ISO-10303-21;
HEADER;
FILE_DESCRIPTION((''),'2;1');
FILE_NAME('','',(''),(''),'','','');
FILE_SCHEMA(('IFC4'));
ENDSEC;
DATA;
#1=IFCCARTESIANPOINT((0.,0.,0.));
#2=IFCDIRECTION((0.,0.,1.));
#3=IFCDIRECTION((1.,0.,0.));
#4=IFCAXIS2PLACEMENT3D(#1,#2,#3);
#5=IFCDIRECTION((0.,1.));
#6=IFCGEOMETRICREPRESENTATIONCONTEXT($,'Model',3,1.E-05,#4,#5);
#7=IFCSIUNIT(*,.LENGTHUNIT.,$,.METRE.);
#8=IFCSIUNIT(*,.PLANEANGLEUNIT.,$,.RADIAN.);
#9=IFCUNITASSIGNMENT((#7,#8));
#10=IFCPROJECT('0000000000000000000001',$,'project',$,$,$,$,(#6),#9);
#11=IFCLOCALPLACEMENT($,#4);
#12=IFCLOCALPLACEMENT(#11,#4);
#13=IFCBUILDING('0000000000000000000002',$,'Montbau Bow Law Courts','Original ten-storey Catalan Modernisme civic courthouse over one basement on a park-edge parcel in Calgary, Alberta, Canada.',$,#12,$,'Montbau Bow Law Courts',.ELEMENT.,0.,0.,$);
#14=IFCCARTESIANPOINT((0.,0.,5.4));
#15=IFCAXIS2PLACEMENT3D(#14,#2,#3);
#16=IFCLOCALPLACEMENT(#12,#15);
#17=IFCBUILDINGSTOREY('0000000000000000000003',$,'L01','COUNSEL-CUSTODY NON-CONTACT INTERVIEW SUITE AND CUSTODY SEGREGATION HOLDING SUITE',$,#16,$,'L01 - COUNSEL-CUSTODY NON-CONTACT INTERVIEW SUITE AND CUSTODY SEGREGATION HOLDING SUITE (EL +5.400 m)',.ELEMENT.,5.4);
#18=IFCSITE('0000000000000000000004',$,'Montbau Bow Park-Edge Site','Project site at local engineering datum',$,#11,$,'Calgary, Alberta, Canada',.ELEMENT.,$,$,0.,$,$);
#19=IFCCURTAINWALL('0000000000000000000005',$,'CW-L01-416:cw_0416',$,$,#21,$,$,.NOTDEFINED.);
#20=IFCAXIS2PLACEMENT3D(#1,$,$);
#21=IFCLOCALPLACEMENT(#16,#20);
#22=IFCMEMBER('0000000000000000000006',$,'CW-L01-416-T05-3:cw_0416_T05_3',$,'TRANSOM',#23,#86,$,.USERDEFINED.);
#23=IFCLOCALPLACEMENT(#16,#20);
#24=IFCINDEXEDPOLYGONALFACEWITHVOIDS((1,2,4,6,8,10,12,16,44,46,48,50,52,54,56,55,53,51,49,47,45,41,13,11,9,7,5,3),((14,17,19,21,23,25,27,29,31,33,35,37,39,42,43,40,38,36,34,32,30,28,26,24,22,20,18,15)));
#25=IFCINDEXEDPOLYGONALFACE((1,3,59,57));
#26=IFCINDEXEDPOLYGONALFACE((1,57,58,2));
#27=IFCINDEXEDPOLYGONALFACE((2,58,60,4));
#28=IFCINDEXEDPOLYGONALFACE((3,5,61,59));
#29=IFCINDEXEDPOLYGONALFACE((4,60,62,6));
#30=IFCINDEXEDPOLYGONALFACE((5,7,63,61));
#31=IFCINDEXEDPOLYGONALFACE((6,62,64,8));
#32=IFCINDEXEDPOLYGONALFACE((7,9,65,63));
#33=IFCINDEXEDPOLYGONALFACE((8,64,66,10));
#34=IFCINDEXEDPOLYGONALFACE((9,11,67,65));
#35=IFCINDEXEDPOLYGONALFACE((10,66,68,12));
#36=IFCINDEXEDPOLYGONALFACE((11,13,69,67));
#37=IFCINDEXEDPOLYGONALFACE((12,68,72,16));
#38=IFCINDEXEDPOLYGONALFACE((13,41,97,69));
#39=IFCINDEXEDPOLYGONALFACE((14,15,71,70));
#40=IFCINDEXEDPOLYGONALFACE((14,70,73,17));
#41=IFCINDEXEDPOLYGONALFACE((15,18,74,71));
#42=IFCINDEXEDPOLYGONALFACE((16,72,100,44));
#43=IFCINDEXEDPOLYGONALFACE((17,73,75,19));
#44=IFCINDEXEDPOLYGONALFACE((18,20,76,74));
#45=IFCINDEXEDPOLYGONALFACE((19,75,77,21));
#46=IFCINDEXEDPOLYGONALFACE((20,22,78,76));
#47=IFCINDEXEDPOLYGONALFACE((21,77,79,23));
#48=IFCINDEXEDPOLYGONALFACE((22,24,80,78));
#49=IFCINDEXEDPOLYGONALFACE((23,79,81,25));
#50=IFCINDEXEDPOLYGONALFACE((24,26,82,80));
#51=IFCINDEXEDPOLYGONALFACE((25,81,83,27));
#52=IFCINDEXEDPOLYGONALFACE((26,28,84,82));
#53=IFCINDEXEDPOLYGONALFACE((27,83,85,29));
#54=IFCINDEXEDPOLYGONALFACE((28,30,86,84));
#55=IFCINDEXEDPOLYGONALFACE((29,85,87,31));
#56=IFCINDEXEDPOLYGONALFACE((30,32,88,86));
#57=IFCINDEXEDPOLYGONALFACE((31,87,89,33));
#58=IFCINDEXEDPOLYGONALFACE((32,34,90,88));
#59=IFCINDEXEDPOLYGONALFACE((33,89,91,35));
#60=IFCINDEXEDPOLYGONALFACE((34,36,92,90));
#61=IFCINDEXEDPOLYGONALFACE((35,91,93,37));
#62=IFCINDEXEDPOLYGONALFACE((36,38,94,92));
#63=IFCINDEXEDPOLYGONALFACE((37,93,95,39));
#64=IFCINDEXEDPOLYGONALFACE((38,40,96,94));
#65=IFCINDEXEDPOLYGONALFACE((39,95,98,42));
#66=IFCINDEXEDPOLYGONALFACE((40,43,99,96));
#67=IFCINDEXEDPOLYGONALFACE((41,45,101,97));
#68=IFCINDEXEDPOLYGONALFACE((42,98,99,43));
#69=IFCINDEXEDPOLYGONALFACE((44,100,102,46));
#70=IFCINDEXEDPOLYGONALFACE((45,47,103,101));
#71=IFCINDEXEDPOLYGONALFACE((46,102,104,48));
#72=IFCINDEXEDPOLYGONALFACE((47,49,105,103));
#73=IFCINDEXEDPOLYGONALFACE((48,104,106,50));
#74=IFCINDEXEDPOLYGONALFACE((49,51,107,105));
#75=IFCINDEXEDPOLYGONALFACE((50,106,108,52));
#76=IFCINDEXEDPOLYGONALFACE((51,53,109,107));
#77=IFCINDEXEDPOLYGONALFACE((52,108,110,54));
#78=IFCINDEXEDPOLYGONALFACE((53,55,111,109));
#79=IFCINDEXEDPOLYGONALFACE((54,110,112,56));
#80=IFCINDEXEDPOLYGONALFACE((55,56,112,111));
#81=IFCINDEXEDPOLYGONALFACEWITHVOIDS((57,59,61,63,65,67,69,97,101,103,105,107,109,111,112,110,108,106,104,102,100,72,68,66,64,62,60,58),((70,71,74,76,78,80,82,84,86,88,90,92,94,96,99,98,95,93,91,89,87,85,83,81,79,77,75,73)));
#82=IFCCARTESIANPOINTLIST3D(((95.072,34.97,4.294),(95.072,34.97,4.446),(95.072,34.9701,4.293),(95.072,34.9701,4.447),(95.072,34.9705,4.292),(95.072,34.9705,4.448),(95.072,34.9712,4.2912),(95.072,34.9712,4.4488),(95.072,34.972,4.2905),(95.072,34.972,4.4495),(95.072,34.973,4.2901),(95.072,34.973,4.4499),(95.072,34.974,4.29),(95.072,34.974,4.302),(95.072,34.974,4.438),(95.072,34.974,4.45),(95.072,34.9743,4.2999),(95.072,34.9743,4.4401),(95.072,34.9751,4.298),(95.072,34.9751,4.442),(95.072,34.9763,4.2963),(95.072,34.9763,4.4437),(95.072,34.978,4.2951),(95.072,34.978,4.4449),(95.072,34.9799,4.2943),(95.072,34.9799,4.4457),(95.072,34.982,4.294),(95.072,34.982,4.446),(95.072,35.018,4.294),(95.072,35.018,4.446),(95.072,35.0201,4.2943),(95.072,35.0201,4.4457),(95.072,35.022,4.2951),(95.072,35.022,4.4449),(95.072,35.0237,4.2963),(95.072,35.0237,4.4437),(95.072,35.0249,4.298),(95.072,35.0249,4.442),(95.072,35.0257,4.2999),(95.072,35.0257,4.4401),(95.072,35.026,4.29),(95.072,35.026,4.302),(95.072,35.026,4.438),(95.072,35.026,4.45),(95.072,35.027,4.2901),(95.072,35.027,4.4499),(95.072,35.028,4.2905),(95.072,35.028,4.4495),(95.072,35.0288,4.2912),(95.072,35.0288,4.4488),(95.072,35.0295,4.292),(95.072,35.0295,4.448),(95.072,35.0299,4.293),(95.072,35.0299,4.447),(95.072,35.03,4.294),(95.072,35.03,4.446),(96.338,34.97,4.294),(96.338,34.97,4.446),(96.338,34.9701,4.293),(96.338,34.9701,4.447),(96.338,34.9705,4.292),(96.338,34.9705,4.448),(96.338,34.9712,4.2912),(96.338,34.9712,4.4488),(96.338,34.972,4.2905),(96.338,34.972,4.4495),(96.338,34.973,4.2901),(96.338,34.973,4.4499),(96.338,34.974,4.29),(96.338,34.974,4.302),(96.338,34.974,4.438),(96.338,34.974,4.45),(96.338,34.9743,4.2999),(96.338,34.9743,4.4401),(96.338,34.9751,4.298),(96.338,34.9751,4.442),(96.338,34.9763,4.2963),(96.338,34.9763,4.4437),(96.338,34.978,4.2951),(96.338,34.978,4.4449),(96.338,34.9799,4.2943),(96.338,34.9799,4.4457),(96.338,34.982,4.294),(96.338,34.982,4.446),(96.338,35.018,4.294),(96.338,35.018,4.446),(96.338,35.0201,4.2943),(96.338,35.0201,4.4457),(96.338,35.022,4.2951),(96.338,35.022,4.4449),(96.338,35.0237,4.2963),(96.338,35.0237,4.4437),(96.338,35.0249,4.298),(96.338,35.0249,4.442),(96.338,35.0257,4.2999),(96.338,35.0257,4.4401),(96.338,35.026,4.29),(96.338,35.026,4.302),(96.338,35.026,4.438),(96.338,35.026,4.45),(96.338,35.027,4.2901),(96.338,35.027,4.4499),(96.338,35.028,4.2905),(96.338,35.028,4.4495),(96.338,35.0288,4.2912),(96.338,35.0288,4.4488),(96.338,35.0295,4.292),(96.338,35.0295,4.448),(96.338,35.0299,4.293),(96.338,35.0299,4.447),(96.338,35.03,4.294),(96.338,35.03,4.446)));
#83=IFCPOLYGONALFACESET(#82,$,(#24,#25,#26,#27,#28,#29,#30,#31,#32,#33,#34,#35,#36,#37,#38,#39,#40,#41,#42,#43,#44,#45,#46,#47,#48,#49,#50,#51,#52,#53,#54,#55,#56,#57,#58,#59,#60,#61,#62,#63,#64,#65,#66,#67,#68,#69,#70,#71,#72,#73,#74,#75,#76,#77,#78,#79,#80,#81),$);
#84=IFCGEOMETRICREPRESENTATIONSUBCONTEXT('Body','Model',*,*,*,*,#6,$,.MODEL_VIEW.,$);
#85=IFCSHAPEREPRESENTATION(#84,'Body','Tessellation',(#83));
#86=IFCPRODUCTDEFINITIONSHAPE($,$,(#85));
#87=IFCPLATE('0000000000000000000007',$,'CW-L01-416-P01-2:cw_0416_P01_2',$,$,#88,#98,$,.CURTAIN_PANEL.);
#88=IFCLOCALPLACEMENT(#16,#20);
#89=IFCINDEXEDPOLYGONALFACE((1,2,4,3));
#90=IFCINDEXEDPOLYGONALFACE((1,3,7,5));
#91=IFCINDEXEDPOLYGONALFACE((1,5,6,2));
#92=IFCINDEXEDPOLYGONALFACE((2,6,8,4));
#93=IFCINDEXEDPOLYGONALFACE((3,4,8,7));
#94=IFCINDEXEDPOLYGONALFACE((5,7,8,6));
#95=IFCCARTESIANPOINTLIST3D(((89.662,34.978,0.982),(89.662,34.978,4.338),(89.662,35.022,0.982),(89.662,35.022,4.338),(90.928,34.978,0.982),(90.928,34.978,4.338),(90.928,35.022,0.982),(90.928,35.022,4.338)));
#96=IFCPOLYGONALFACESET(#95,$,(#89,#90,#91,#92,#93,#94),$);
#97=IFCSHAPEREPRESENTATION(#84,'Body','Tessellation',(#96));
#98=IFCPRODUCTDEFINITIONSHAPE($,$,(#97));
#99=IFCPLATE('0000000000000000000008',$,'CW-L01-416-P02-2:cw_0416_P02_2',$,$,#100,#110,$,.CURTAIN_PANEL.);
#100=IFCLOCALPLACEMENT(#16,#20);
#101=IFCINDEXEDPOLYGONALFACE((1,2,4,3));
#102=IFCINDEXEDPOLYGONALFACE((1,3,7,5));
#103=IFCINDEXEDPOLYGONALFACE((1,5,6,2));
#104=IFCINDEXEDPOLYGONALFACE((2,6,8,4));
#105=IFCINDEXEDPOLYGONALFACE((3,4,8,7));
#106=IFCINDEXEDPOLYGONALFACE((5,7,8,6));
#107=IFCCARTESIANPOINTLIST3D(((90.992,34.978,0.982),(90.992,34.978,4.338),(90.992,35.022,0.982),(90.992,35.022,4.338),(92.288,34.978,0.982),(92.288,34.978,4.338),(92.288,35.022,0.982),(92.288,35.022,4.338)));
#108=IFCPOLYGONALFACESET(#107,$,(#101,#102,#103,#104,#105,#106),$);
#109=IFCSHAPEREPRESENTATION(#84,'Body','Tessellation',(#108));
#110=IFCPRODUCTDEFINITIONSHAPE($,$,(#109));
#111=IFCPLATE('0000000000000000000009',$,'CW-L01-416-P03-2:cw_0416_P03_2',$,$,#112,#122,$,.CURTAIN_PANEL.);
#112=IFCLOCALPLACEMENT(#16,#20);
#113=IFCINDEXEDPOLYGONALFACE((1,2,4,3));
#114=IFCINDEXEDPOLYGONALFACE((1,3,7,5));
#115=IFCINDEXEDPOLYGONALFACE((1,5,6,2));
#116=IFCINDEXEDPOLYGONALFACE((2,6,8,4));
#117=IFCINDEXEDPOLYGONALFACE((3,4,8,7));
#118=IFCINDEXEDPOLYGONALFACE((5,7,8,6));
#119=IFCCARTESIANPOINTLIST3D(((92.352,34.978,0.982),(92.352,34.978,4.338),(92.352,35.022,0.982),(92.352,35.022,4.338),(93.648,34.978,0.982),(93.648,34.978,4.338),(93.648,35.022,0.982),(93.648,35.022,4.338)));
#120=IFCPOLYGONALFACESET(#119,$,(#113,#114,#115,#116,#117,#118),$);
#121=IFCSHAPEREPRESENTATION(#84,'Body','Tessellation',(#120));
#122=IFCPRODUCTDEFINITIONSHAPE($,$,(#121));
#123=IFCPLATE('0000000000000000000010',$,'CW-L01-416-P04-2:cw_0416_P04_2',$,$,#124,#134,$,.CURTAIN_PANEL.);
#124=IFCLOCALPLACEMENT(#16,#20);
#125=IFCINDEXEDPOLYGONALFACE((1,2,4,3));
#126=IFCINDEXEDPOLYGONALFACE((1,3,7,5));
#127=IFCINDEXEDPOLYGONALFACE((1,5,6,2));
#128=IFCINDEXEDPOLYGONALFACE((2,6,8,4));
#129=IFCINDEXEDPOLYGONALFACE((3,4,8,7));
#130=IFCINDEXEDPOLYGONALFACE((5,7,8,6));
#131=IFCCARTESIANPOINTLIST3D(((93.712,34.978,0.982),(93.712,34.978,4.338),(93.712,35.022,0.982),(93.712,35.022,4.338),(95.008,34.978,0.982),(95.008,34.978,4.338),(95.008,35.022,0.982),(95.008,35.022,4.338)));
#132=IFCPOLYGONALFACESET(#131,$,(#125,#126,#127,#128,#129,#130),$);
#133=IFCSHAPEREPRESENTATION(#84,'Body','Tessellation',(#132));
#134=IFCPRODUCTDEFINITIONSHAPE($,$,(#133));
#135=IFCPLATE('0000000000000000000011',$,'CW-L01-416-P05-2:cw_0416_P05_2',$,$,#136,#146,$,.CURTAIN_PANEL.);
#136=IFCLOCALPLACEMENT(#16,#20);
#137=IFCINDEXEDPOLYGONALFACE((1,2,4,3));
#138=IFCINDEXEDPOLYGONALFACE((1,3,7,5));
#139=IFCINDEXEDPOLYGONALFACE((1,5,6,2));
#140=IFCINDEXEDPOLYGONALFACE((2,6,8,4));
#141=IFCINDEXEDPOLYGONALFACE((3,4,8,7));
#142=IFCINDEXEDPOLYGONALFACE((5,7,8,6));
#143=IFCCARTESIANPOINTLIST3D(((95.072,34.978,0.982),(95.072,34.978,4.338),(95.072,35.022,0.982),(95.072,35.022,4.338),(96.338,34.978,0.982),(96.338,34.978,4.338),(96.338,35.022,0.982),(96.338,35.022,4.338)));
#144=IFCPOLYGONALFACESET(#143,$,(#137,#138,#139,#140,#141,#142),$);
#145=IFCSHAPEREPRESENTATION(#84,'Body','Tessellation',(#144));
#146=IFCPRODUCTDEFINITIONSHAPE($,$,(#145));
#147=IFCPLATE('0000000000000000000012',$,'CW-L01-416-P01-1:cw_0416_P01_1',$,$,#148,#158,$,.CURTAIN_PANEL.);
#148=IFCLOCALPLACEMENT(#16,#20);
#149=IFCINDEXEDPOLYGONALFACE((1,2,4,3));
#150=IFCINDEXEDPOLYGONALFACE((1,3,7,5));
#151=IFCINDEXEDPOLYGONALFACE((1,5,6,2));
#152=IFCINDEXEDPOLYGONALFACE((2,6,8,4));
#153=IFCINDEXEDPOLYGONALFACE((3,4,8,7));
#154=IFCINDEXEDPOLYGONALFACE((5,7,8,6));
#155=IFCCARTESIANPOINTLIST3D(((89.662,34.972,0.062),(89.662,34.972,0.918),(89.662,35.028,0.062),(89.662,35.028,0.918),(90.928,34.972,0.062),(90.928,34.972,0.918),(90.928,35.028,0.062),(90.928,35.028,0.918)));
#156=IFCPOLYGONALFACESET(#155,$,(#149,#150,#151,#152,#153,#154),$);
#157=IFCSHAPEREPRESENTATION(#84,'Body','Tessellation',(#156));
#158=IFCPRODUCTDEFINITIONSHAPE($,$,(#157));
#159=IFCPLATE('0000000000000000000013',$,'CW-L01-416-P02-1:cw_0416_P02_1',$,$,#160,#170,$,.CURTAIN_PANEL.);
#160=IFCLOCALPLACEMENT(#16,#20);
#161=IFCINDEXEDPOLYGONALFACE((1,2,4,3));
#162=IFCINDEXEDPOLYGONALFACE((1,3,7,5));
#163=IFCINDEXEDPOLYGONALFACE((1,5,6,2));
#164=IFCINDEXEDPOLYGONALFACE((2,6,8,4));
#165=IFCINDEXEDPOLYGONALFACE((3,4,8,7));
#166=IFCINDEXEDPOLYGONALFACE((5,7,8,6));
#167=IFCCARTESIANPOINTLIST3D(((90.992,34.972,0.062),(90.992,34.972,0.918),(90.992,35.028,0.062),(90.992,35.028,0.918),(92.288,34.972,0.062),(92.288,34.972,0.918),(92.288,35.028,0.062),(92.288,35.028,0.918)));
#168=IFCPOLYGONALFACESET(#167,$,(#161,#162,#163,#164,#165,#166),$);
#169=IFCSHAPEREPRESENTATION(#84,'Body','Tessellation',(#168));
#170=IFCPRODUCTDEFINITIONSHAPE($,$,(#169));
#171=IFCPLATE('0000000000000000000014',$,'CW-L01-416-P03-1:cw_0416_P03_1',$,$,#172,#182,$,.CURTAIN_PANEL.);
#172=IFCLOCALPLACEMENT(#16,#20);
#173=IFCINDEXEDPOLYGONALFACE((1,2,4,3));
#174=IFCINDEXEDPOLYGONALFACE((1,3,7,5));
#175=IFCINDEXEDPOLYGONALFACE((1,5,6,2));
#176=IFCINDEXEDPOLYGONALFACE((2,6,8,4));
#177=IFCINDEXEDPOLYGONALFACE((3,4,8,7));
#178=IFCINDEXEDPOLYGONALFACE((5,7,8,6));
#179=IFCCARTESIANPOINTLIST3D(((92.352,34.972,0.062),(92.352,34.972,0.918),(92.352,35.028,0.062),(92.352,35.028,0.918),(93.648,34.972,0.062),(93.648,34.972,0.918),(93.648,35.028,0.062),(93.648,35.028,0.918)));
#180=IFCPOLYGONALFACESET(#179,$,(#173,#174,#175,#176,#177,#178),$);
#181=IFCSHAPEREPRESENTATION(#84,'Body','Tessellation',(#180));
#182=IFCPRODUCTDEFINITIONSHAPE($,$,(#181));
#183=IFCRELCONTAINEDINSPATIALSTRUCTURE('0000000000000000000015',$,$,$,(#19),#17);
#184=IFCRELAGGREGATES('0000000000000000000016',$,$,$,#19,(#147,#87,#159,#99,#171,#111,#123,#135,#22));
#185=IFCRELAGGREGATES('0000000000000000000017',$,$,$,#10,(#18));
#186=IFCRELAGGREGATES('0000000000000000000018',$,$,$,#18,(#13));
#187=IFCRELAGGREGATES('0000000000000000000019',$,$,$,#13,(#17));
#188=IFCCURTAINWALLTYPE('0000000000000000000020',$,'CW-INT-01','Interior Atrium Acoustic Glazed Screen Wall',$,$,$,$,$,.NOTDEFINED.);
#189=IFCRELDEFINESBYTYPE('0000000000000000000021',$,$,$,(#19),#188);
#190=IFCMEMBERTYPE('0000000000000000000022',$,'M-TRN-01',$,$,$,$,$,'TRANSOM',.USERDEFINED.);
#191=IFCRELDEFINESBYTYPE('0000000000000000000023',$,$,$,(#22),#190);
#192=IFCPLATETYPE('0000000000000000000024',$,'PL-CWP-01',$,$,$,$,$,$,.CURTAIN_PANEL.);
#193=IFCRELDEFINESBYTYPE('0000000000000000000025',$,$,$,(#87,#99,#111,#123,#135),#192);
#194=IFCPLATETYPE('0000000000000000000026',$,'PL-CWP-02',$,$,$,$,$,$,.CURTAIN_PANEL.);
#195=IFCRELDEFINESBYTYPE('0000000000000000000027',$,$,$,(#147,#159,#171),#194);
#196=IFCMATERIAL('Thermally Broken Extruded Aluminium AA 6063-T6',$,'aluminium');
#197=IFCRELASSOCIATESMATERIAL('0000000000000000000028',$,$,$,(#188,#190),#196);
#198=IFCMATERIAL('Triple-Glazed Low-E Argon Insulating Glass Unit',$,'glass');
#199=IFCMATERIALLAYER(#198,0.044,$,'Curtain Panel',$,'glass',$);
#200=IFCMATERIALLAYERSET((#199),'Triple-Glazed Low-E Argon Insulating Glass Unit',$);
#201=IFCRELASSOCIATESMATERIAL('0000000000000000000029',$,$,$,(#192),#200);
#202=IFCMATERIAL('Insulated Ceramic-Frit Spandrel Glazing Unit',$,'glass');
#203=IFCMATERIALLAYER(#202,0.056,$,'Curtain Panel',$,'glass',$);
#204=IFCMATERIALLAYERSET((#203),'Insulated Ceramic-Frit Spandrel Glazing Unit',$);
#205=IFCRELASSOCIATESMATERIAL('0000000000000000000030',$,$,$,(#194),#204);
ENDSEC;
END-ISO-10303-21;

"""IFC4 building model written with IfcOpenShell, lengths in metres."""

from ifc_helpers import new_model, si_unit, direction, frame, frame_2d, origin_with_axes, origin_2d_with_axis, place, context, subcontext, project, spatial, rectangle, hollow_rectangle, extrude, material, layer, layer_set, material_profile, profile_set, type_object, element, aggregate, save


model = new_model("IFC4")

# Units and contexts
model_context = context("Model", 3, precision=1e-05, world=origin_with_axes(), true_north=direction((0.0, 1.0)))
body_context = subcontext(model_context, "Body", "Model", "MODEL_VIEW")
ifc_project = project(units=[si_unit("LENGTHUNIT", "METRE"), si_unit("PLANEANGLEUNIT", "RADIAN")], contexts=[model_context])

# Site, building, storey
site_placement = place(None, origin_with_axes())
site = spatial("IfcSite", under=ifc_project, at=site_placement, Name="Montbau Bow Park-Edge Site", Description="Project site at local engineering datum", LongName="Calgary, Alberta, Canada", CompositionType="ELEMENT", RefElevation=0.0)
building_placement = place(site_placement, origin_with_axes())
building = spatial("IfcBuilding", under=site, at=building_placement, Name="Montbau Bow Law Courts", Description="Original ten-storey Catalan Modernisme civic courthouse over one basement on a park-edge parcel in Calgary, Alberta, Canada.", LongName="Montbau Bow Law Courts", CompositionType="ELEMENT", ElevationOfRefHeight=0.0, ElevationOfTerrain=0.0)
storey_placement = place(building_placement, frame((0.0, 0.0, 5.4), z_axis=(0.0, 0.0, 1.0), x_axis=(1.0, 0.0, 0.0)))
storey = spatial("IfcBuildingStorey", under=building, at=storey_placement, Name="L01", Description="COUNSEL-CUSTODY NON-CONTACT INTERVIEW SUITE AND CUSTODY SEGREGATION HOLDING SUITE", LongName="L01 - COUNSEL-CUSTODY NON-CONTACT INTERVIEW SUITE AND CUSTODY SEGREGATION HOLDING SUITE (EL +5.400 m)", CompositionType="ELEMENT", Elevation=5.4)

# Curtain wall, member, plates
ifc_material_1 = material(Name="Thermally Broken Extruded Aluminium AA 6063-T6", Category="aluminium")
curtain_wall_type = type_object("IfcCurtainWallType", Name="CW-INT-01", Description="Interior Atrium Acoustic Glazed Screen Wall", PredefinedType="NOTDEFINED", material=ifc_material_1)
curtain_wall_placement = place(None, frame((89.6, 35.0, 5.4), z_axis=(0.0, 0.0, 1.0), x_axis=(1.0, 0.0, 0.0)))
curtain_wall = element("IfcCurtainWall", 1, at=curtain_wall_placement, inside=storey, type_object=curtain_wall_type, Name="CW-L01-416:cw_0416", PredefinedType="NOTDEFINED")
ifc_material_profile_1 = material_profile(ifc_material_1, hollow_rectangle(XDim=0.06, YDim=0.16, WallThickness=0.004, InnerFilletRadius=0.008, OuterFilletRadius=0.004, at=origin_2d_with_axis()), Name="CWT-160X60", Category="Main", Priority=0)
ifc_profile_set_1 = profile_set([ifc_material_profile_1], Name="Thermally Broken Extruded Aluminium AA 6063-T6")
member_type_1 = type_object("IfcMemberType", Name="M-TRN-01", ElementType="TRANSOM", PredefinedType="USERDEFINED", material=ifc_profile_set_1)
member_1_placement = place(None, frame((95.072, 35.0, 9.77), z_axis=(1.0, 0.0, 0.0), x_axis=(0.0, 1.0, 0.0)))
member_1 = element("IfcMember", 2, at=member_1_placement, type_object=member_type_1, Name="CW-L01-416-T05-3:cw_0416_T05_3", ObjectType="TRANSOM", PredefinedType="USERDEFINED", context=body_context, shape_type="SweptSolid", body=[
    extrude(hollow_rectangle(XDim=0.06, YDim=0.16, WallThickness=0.004, InnerFilletRadius=0.008, OuterFilletRadius=0.004, at=origin_2d_with_axis()), origin_with_axes(), (0.0, 0.0, 1.0), 1.266),
])
ifc_material_2 = material(Name="Triple-Glazed Low-E Argon Insulating Glass Unit", Category="glass")
ifc_layer_1 = layer(ifc_material_2, 0.044, Name="Curtain Panel", Category="glass")
ifc_layer_set_1 = layer_set([ifc_layer_1], Name="Triple-Glazed Low-E Argon Insulating Glass Unit")
plate_type_1 = type_object("IfcPlateType", Name="PL-CWP-01", PredefinedType="CURTAIN_PANEL", material=ifc_layer_set_1)
plate_1_placement = place(None, frame((89.662, 35.0, 6.382), z_axis=(0.0, -1.0, 0.0), x_axis=(1.0, 0.0, 0.0)))
plate_1 = element("IfcPlate", 3, at=plate_1_placement, type_object=plate_type_1, Name="CW-L01-416-P01-2:cw_0416_P01_2", PredefinedType="CURTAIN_PANEL", context=body_context, shape_type="SweptSolid", body=[
    extrude(rectangle(XDim=1.266, YDim=3.356, at=frame_2d((0.633, 1.678), x_axis=(1.0, 0.0))), frame((0.0, 0.0, -0.022), z_axis=(0.0, 0.0, 1.0), x_axis=(1.0, 0.0, 0.0)), (0.0, 0.0, 1.0), 0.044),
])
plate_2_placement = place(None, frame((90.992, 35.0, 6.382), z_axis=(0.0, -1.0, 0.0), x_axis=(1.0, 0.0, 0.0)))
plate_2 = element("IfcPlate", 4, at=plate_2_placement, type_object=plate_type_1, Name="CW-L01-416-P02-2:cw_0416_P02_2", PredefinedType="CURTAIN_PANEL", context=body_context, shape_type="SweptSolid", body=[
    extrude(rectangle(XDim=1.296, YDim=3.356, at=frame_2d((0.648, 1.678), x_axis=(1.0, 0.0))), frame((0.0, 0.0, -0.022), z_axis=(0.0, 0.0, 1.0), x_axis=(1.0, 0.0, 0.0)), (0.0, 0.0, 1.0), 0.044),
])
plate_3_placement = place(None, frame((92.352, 35.0, 6.382), z_axis=(0.0, -1.0, 0.0), x_axis=(1.0, 0.0, 0.0)))
plate_3 = element("IfcPlate", 5, at=plate_3_placement, type_object=plate_type_1, Name="CW-L01-416-P03-2:cw_0416_P03_2", PredefinedType="CURTAIN_PANEL", context=body_context, shape_type="SweptSolid", body=[
    extrude(rectangle(XDim=1.296, YDim=3.356, at=frame_2d((0.648, 1.678), x_axis=(1.0, 0.0))), frame((0.0, 0.0, -0.022), z_axis=(0.0, 0.0, 1.0), x_axis=(1.0, 0.0, 0.0)), (0.0, 0.0, 1.0), 0.044),
])
plate_4_placement = place(None, frame((93.712, 35.0, 6.382), z_axis=(0.0, -1.0, 0.0), x_axis=(1.0, 0.0, 0.0)))
plate_4 = element("IfcPlate", 6, at=plate_4_placement, type_object=plate_type_1, Name="CW-L01-416-P04-2:cw_0416_P04_2", PredefinedType="CURTAIN_PANEL", context=body_context, shape_type="SweptSolid", body=[
    extrude(rectangle(XDim=1.296, YDim=3.356, at=frame_2d((0.648, 1.678), x_axis=(1.0, 0.0))), frame((0.0, 0.0, -0.022), z_axis=(0.0, 0.0, 1.0), x_axis=(1.0, 0.0, 0.0)), (0.0, 0.0, 1.0), 0.044),
])
plate_5_placement = place(None, frame((95.072, 35.0, 6.382), z_axis=(0.0, -1.0, 0.0), x_axis=(1.0, 0.0, 0.0)))
plate_5 = element("IfcPlate", 7, at=plate_5_placement, type_object=plate_type_1, Name="CW-L01-416-P05-2:cw_0416_P05_2", PredefinedType="CURTAIN_PANEL", context=body_context, shape_type="SweptSolid", body=[
    extrude(rectangle(XDim=1.266, YDim=3.356, at=frame_2d((0.633, 1.678), x_axis=(1.0, 0.0))), frame((0.0, 0.0, -0.022), z_axis=(0.0, 0.0, 1.0), x_axis=(1.0, 0.0, 0.0)), (0.0, 0.0, 1.0), 0.044),
])
ifc_material_3 = material(Name="Insulated Ceramic-Frit Spandrel Glazing Unit", Category="glass")
ifc_layer_2 = layer(ifc_material_3, 0.056, Name="Curtain Panel", Category="glass")
ifc_layer_set_2 = layer_set([ifc_layer_2], Name="Insulated Ceramic-Frit Spandrel Glazing Unit")
plate_type_2 = type_object("IfcPlateType", Name="PL-CWP-02", PredefinedType="CURTAIN_PANEL", material=ifc_layer_set_2)
plate_6_placement = place(None, frame((89.662, 35.0, 5.462), z_axis=(0.0, -1.0, 0.0), x_axis=(1.0, 0.0, 0.0)))
plate_6 = element("IfcPlate", 8, at=plate_6_placement, type_object=plate_type_2, Name="CW-L01-416-P01-1:cw_0416_P01_1", PredefinedType="CURTAIN_PANEL", context=body_context, shape_type="SweptSolid", body=[
    extrude(rectangle(XDim=1.266, YDim=0.856, at=frame_2d((0.633, 0.428), x_axis=(1.0, 0.0))), frame((0.0, 0.0, -0.028), z_axis=(0.0, 0.0, 1.0), x_axis=(1.0, 0.0, 0.0)), (0.0, 0.0, 1.0), 0.056),
])
plate_7_placement = place(None, frame((90.992, 35.0, 5.462), z_axis=(0.0, -1.0, 0.0), x_axis=(1.0, 0.0, 0.0)))
plate_7 = element("IfcPlate", 9, at=plate_7_placement, type_object=plate_type_2, Name="CW-L01-416-P02-1:cw_0416_P02_1", PredefinedType="CURTAIN_PANEL", context=body_context, shape_type="SweptSolid", body=[
    extrude(rectangle(XDim=1.296, YDim=0.856, at=frame_2d((0.648, 0.428), x_axis=(1.0, 0.0))), frame((0.0, 0.0, -0.028), z_axis=(0.0, 0.0, 1.0), x_axis=(1.0, 0.0, 0.0)), (0.0, 0.0, 1.0), 0.056),
])
plate_8_placement = place(None, frame((92.352, 35.0, 5.462), z_axis=(0.0, -1.0, 0.0), x_axis=(1.0, 0.0, 0.0)))
plate_8 = element("IfcPlate", 10, at=plate_8_placement, type_object=plate_type_2, Name="CW-L01-416-P03-1:cw_0416_P03_1", PredefinedType="CURTAIN_PANEL", context=body_context, shape_type="SweptSolid", body=[
    extrude(rectangle(XDim=1.296, YDim=0.856, at=frame_2d((0.648, 0.428), x_axis=(1.0, 0.0))), frame((0.0, 0.0, -0.028), z_axis=(0.0, 0.0, 1.0), x_axis=(1.0, 0.0, 0.0)), (0.0, 0.0, 1.0), 0.056),
])
aggregate(curtain_wall, [plate_6, plate_1, plate_7, plate_2, plate_8, plate_3, plate_4, plate_5, member_1])

save(model, "model.ifc")
